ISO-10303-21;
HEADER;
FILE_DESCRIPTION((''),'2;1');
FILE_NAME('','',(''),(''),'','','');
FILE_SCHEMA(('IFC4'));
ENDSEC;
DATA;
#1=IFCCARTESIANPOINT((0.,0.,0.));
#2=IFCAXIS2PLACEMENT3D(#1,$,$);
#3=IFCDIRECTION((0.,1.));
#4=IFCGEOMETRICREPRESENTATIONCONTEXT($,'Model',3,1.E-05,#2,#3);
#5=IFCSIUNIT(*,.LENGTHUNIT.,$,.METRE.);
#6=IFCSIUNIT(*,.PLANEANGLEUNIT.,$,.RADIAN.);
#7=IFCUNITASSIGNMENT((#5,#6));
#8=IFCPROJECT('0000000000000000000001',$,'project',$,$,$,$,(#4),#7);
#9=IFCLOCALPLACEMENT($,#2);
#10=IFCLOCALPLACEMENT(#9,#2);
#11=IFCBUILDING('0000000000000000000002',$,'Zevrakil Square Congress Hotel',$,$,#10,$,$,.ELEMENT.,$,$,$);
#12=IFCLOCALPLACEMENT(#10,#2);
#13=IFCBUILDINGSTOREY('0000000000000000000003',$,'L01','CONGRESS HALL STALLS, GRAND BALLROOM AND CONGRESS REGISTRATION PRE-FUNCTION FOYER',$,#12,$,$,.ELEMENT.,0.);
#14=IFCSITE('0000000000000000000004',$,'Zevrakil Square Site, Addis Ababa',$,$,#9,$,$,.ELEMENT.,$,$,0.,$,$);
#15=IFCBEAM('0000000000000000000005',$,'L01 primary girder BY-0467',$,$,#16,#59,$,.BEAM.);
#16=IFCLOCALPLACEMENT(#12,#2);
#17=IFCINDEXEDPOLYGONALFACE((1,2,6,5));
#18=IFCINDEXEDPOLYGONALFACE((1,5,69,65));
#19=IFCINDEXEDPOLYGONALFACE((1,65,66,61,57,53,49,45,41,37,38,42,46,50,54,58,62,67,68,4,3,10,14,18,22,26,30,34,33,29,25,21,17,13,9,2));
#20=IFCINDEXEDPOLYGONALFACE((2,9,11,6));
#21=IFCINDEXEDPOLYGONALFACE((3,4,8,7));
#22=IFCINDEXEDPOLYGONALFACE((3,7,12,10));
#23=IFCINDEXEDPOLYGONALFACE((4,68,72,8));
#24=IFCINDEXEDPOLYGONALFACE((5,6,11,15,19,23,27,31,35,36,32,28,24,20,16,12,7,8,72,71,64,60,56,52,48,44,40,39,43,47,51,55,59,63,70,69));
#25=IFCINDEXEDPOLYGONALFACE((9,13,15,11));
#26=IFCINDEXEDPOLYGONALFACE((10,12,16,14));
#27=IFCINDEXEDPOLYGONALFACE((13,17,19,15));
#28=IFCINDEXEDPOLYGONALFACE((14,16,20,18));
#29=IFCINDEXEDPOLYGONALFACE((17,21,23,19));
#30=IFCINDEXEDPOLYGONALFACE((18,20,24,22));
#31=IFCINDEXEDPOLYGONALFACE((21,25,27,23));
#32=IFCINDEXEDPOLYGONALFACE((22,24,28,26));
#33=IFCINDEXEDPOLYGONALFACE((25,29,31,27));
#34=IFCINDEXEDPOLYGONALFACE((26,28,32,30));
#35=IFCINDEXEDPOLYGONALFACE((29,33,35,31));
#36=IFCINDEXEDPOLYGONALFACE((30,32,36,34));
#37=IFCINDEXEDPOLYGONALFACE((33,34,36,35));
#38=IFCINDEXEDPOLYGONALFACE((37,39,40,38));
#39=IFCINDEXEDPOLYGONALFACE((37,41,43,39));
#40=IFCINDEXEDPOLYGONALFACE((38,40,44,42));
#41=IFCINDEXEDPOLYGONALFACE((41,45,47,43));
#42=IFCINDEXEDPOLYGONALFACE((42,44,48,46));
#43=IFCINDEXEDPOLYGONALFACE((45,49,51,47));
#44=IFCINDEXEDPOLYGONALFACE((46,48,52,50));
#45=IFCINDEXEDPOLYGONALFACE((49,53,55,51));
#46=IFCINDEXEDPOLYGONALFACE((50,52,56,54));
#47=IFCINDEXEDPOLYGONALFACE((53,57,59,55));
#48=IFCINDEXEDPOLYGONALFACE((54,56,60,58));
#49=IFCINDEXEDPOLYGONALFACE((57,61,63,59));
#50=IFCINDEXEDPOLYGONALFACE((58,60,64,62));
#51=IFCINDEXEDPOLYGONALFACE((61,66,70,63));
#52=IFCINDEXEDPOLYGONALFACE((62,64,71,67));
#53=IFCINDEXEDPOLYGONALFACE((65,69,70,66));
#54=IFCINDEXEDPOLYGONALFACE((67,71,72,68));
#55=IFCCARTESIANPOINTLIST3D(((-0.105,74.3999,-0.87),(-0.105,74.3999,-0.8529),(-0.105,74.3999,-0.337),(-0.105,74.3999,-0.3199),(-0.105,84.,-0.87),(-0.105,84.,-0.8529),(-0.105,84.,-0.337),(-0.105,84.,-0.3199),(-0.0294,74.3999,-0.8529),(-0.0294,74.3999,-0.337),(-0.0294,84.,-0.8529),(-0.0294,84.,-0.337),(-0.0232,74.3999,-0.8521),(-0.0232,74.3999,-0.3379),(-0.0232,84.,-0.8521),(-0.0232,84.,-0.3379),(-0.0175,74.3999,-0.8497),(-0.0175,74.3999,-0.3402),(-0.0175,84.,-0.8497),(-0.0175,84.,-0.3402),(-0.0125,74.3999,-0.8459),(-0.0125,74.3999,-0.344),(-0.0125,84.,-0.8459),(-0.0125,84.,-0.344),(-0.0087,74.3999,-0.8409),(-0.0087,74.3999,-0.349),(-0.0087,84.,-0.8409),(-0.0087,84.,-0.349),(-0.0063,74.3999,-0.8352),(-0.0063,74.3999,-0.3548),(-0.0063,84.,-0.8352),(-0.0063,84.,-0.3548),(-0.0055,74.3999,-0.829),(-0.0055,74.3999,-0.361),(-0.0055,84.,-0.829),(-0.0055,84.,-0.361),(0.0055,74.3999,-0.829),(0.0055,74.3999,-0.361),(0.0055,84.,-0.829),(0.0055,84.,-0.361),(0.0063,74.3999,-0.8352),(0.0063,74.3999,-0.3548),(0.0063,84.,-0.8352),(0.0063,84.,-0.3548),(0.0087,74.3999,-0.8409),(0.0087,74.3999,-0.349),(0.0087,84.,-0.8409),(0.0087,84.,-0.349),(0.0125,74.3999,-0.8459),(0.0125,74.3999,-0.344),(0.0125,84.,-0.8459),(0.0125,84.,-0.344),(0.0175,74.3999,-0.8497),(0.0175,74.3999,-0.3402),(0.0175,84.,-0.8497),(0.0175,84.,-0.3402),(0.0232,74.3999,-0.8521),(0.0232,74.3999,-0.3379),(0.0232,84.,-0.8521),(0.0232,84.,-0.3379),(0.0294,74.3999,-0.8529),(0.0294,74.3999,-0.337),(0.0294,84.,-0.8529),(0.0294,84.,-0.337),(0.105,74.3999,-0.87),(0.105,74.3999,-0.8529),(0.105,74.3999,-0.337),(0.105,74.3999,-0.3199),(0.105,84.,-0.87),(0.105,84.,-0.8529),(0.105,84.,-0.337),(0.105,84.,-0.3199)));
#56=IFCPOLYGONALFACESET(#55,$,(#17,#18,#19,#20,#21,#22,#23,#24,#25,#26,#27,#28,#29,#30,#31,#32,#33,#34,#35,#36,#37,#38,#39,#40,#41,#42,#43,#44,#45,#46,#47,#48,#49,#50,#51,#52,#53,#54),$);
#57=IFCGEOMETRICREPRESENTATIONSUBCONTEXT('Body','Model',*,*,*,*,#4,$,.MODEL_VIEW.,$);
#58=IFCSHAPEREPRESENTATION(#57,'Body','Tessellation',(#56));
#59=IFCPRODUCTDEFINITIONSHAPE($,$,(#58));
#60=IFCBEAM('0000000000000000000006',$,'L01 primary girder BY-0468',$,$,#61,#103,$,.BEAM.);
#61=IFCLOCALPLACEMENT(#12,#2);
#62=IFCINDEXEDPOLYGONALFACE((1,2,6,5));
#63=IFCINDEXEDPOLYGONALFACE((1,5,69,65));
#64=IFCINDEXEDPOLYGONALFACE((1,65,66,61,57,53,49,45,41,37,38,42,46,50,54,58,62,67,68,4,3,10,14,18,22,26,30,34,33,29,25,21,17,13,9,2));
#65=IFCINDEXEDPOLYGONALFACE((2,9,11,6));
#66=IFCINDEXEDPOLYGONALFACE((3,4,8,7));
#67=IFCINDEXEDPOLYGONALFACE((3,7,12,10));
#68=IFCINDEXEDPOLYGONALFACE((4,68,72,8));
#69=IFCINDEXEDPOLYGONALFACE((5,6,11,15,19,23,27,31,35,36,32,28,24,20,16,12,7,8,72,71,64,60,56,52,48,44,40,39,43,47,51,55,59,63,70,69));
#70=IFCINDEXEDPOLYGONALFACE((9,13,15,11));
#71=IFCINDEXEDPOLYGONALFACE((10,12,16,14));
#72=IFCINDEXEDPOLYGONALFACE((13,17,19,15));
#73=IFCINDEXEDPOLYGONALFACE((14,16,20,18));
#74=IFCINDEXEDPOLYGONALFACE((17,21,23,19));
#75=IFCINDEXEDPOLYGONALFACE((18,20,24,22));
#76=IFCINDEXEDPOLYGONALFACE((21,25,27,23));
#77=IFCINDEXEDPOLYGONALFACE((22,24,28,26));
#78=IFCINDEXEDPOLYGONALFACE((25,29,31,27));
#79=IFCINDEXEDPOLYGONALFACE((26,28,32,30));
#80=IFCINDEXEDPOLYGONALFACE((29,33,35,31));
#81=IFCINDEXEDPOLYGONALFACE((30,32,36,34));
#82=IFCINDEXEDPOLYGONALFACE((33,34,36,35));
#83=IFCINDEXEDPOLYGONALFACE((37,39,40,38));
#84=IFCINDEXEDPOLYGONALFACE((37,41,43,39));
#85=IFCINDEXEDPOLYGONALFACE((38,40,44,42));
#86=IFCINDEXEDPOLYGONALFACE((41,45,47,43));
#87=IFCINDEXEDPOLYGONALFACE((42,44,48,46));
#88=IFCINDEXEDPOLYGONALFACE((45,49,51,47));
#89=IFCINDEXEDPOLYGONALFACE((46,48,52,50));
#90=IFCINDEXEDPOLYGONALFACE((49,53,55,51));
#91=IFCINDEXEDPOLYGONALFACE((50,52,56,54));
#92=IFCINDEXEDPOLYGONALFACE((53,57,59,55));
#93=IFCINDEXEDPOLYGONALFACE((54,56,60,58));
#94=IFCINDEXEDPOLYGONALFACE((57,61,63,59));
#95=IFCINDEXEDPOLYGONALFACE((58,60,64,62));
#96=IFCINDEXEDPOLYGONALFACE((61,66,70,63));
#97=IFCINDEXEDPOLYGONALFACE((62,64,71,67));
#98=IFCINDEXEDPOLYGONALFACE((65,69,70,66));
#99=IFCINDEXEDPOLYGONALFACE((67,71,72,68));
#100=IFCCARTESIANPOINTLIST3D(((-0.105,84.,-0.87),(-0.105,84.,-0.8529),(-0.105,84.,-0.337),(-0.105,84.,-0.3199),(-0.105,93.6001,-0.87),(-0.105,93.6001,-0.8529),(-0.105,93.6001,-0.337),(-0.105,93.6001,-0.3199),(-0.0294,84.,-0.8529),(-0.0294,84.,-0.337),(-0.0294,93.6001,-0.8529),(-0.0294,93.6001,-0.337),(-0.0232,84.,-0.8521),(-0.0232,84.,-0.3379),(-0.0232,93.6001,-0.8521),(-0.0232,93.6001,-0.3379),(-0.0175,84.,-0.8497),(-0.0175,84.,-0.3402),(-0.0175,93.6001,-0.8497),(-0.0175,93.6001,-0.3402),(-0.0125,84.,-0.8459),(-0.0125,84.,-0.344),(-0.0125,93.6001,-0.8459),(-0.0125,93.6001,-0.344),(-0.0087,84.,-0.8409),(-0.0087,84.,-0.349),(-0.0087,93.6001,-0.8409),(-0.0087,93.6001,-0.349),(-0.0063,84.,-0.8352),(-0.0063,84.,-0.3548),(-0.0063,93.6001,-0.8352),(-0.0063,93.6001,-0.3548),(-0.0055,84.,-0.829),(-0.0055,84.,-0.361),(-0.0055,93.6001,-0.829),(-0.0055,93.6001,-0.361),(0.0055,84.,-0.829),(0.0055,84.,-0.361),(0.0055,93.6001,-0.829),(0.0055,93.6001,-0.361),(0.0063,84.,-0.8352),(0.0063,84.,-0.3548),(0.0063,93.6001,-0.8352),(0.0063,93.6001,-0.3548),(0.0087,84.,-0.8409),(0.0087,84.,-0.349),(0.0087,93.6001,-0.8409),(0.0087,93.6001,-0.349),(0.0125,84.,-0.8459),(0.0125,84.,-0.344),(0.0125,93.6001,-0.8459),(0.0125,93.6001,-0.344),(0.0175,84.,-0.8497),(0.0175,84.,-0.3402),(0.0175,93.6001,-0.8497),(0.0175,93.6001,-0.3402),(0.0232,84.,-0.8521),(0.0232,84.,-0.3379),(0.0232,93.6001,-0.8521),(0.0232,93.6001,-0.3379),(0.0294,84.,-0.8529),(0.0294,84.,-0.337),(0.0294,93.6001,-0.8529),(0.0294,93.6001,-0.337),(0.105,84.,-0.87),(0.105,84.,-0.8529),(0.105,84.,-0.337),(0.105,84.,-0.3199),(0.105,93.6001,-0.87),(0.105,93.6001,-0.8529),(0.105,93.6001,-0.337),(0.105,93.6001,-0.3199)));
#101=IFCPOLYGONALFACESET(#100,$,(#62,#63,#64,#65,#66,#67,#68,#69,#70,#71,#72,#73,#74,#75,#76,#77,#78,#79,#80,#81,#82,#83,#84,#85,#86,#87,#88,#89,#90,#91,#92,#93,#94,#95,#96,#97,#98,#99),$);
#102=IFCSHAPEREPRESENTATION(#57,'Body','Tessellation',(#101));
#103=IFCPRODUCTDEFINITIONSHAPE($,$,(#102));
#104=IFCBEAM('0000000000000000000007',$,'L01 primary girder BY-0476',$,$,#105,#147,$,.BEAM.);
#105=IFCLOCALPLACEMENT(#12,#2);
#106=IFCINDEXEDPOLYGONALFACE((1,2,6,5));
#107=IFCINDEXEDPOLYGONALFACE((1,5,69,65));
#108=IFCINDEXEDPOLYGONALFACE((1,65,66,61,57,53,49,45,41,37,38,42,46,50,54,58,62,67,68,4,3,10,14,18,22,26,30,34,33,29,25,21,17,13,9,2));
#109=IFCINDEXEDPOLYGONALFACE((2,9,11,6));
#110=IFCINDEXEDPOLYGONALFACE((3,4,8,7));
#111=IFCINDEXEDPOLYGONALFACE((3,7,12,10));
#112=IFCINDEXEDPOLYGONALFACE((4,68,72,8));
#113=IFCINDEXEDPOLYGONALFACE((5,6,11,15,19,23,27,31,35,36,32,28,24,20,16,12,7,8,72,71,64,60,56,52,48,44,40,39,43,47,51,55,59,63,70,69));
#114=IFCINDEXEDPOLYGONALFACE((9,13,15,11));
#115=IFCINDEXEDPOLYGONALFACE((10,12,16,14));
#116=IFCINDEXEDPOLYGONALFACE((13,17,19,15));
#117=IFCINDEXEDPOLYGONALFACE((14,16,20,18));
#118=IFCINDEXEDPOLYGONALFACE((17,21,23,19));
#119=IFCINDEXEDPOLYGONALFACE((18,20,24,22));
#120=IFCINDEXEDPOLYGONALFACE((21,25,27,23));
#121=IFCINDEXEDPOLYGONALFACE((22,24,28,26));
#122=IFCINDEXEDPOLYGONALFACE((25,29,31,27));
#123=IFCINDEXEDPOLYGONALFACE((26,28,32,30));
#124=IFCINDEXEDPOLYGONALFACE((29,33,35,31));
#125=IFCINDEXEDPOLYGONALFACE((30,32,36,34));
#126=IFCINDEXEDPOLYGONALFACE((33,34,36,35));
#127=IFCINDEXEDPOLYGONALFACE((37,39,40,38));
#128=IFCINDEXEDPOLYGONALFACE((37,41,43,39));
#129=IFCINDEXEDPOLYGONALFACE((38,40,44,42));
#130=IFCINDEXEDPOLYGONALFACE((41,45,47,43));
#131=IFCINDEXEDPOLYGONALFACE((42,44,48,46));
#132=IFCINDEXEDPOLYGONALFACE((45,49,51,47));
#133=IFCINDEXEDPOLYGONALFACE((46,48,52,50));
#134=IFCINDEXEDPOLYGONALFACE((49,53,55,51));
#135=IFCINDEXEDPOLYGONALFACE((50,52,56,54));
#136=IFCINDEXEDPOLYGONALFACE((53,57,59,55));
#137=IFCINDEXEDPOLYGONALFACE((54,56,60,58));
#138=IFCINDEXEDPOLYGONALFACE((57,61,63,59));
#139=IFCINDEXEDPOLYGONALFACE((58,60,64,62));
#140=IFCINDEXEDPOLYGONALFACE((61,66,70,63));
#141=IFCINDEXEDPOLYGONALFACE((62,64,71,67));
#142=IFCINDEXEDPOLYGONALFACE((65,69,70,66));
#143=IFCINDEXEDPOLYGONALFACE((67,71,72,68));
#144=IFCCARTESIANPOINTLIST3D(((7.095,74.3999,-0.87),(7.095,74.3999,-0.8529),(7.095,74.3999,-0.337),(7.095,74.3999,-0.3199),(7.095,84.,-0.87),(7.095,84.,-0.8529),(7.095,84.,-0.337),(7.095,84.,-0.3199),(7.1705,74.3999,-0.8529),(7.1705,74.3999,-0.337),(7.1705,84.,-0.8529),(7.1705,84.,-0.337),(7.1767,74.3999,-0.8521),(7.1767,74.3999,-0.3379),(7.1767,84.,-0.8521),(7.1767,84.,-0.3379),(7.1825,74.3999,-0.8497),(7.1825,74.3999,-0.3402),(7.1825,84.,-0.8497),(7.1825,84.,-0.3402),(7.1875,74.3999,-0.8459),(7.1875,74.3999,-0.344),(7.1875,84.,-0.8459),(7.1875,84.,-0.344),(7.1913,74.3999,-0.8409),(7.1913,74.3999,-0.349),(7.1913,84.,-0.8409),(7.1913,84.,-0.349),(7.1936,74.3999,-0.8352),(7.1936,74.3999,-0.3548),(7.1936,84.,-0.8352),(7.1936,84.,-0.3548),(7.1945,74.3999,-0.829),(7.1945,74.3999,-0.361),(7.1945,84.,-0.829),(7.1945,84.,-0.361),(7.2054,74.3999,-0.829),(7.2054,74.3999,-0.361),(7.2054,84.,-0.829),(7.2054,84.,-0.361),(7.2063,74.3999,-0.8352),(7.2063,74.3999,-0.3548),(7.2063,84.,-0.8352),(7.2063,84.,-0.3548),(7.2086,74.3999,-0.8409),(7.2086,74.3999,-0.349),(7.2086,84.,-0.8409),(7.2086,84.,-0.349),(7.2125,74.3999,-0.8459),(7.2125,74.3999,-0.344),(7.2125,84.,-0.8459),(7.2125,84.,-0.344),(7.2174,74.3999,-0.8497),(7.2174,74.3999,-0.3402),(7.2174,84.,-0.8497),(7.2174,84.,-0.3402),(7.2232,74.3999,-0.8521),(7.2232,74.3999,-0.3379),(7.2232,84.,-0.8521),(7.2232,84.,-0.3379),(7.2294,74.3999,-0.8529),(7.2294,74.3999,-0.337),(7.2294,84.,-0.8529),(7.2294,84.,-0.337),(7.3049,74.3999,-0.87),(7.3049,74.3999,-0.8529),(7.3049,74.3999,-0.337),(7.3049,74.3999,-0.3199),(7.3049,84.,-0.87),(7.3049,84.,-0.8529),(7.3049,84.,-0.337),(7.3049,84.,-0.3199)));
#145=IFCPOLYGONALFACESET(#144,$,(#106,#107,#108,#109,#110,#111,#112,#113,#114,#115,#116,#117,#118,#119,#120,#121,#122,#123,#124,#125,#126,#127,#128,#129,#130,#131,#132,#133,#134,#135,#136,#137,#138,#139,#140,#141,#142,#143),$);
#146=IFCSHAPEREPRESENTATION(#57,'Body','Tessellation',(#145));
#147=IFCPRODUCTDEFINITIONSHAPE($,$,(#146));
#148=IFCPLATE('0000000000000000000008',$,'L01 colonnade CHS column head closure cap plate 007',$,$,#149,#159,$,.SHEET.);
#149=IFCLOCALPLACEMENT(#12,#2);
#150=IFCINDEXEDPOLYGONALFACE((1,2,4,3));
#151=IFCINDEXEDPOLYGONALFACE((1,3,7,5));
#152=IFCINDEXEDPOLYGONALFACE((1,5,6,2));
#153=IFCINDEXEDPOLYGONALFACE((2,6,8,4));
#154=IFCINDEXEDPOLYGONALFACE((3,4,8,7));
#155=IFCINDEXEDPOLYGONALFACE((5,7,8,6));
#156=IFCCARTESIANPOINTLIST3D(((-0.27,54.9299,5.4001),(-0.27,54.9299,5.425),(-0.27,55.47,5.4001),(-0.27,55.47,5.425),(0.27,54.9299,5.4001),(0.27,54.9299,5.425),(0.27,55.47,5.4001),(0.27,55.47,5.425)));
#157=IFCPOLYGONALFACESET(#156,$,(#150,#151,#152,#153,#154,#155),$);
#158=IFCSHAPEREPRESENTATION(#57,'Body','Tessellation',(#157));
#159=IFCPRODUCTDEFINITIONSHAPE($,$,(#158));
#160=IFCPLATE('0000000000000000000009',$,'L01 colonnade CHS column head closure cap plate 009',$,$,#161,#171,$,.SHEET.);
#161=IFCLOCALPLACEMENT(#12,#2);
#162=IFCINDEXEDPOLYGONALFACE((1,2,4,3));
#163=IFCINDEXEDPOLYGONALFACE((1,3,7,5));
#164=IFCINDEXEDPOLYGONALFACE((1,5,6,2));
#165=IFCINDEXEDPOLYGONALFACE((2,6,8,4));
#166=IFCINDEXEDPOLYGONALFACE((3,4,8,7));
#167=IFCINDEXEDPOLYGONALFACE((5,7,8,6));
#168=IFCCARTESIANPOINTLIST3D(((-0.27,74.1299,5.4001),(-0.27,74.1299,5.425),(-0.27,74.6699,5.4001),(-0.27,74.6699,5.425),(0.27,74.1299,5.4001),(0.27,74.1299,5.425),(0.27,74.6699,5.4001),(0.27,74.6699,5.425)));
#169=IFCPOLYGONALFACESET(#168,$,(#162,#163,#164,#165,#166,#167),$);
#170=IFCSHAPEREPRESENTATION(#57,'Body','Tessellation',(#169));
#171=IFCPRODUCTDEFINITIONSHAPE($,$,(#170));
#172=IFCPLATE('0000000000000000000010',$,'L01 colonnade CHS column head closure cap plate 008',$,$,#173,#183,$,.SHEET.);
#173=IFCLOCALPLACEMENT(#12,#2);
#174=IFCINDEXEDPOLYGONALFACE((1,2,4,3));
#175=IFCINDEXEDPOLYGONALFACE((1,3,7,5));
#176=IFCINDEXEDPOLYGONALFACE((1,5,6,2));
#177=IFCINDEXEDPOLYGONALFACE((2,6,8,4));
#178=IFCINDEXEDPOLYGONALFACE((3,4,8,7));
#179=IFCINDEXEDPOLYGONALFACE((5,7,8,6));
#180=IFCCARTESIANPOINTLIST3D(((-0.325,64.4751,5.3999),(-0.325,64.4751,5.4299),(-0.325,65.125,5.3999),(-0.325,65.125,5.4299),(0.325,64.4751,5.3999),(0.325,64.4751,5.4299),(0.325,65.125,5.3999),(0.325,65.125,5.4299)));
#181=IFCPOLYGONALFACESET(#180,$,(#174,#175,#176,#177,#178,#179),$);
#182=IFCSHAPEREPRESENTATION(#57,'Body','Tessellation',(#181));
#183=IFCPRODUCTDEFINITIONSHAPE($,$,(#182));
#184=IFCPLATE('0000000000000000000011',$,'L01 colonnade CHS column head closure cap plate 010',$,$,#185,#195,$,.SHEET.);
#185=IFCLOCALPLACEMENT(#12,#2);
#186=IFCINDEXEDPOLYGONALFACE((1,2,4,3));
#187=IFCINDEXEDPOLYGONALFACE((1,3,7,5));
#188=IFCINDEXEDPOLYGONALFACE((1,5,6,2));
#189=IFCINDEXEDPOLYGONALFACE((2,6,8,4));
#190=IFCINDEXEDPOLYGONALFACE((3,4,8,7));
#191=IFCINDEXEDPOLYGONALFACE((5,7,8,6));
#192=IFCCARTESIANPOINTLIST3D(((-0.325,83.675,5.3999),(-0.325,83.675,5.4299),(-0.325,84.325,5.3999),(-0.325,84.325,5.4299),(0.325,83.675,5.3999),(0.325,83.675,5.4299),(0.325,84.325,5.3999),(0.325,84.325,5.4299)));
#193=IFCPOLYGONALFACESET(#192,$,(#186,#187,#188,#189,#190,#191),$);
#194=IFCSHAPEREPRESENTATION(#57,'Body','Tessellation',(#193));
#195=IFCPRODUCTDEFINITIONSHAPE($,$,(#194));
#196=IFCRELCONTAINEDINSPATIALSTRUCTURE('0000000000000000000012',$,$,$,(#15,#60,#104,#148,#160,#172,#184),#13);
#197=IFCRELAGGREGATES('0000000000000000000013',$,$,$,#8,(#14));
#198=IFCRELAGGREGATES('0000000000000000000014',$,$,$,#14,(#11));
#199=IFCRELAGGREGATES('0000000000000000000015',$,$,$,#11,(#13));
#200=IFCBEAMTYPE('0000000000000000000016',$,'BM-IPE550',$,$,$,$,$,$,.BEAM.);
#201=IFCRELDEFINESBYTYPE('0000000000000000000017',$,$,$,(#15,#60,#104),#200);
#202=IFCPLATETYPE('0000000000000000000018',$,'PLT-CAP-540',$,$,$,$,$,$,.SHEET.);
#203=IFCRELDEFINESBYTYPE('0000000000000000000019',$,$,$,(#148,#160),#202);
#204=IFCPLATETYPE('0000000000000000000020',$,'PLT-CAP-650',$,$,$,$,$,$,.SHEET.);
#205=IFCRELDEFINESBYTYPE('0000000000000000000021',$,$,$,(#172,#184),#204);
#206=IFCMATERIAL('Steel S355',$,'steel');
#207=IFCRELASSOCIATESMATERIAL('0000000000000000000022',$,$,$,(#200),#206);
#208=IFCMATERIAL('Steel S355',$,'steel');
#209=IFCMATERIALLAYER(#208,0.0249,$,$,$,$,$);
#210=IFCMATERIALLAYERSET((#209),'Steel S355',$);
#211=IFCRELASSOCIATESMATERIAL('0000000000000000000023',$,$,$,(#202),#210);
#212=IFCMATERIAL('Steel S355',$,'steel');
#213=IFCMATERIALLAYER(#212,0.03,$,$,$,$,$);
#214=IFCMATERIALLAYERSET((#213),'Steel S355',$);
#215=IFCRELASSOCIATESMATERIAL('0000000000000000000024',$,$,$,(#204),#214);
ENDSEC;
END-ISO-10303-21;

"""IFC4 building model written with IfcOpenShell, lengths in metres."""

from ifc_helpers import new_model, si_unit, direction, frame, origin, origin_2d, place, context, subcontext, project, spatial, rectangle, i_section, extrude, material, layer, layer_set, material_profile, profile_set, type_object, element, save


model = new_model("IFC4")

# Units and contexts
model_context = context("Model", 3, precision=1e-05, world=origin(), true_north=direction((0.0, 1.0)))
body_context = subcontext(model_context, "Body", "Model", "MODEL_VIEW")
ifc_project = project(units=[si_unit("LENGTHUNIT", "METRE"), si_unit("PLANEANGLEUNIT", "RADIAN")], contexts=[model_context])

# Site, building, storey
site_placement = place(None, origin())
site = spatial("IfcSite", under=ifc_project, at=site_placement, Name="Zevrakil Square Site, Addis Ababa", CompositionType="ELEMENT", RefElevation=0.0)
building_placement = place(site_placement, origin())
building = spatial("IfcBuilding", under=site, at=building_placement, Name="Zevrakil Square Congress Hotel", CompositionType="ELEMENT")
storey_placement = place(building_placement, origin())
storey = spatial("IfcBuildingStorey", under=building, at=storey_placement, Name="L01", Description="CONGRESS HALL STALLS, GRAND BALLROOM AND CONGRESS REGISTRATION PRE-FUNCTION FOYER", CompositionType="ELEMENT", Elevation=0.0)

# Beams
ifc_material_1 = material(Name="Steel S355", Category="steel")
ifc_material_profile_1 = material_profile(ifc_material_1, i_section(OverallWidth=0.21, OverallDepth=0.55, WebThickness=0.011, FlangeThickness=0.0171, FilletRadius=0.0239, at=origin_2d()), Name="IPE 550")
ifc_profile_set_1 = profile_set([ifc_material_profile_1], Name="Steel S355")
beam_type_1 = type_object("IfcBeamType", Name="BM-IPE550", PredefinedType="BEAM", material=ifc_profile_set_1)
for number, where, z_axis, x_axis, name in (
    (1, (0.0, 74.3999, -0.595), (0.0, 1.0, 0.0), (-1.0, 0.0, 0.0), "L01 primary girder BY-0467"),
    (2, (0.0, 84.0, -0.595), (0.0, 1.0, 0.0), (-1.0, 0.0, 0.0), "L01 primary girder BY-0468"),
    (3, (7.2, 74.3999, -0.595), (0.0, 1.0, 0.0), (-1.0, 0.0, 0.0), "L01 primary girder BY-0476"),
):
    element("IfcBeam", number, at=place(storey_placement, frame(where, z_axis=z_axis, x_axis=x_axis)), inside=storey, type_object=beam_type_1, Name=name, PredefinedType="BEAM", context=body_context, shape_type="SweptSolid", body=[
        extrude(i_section(OverallWidth=0.21, OverallDepth=0.55, WebThickness=0.011, FlangeThickness=0.0171, FilletRadius=0.0239, at=origin_2d()), origin(), (0.0, 0.0, 1.0), 9.6001),
    ])

# Plates
ifc_material_2 = material(Name="Steel S355", Category="steel")
ifc_layer_1 = layer(ifc_material_2, 0.0249)
ifc_layer_set_1 = layer_set([ifc_layer_1], Name="Steel S355")
plate_type_1 = type_object("IfcPlateType", Name="PLT-CAP-540", PredefinedType="SHEET", material=ifc_layer_set_1)
for number, where, z_axis, x_axis, name in (
    (4, (0.0, 55.2, 5.4001), (0.0, 0.0, 1.0), (1.0, 0.0, 0.0), "L01 colonnade CHS column head closure cap plate 007"),
    (5, (0.0, 74.3999, 5.4001), (0.0, 0.0, 1.0), (1.0, 0.0, 0.0), "L01 colonnade CHS column head closure cap plate 009"),
):
    element("IfcPlate", number, at=place(storey_placement, frame(where, z_axis=z_axis, x_axis=x_axis)), inside=storey, type_object=plate_type_1, Name=name, PredefinedType="SHEET", context=body_context, shape_type="SweptSolid", body=[
        extrude(rectangle(XDim=0.54, YDim=0.54, at=origin_2d()), origin(), (0.0, 0.0, 1.0), 0.0249),
    ])
ifc_material_3 = material(Name="Steel S355", Category="steel")
ifc_layer_2 = layer(ifc_material_3, 0.03)
ifc_layer_set_2 = layer_set([ifc_layer_2], Name="Steel S355")
plate_type_2 = type_object("IfcPlateType", Name="PLT-CAP-650", PredefinedType="SHEET", material=ifc_layer_set_2)
for number, where, z_axis, x_axis, name in (
    (6, (0.0, 64.8, 5.3999), (0.0, 0.0, 1.0), (1.0, 0.0, 0.0), "L01 colonnade CHS column head closure cap plate 008"),
    (7, (0.0, 84.0, 5.3999), (0.0, 0.0, 1.0), (1.0, 0.0, 0.0), "L01 colonnade CHS column head closure cap plate 010"),
):
    element("IfcPlate", number, at=place(storey_placement, frame(where, z_axis=z_axis, x_axis=x_axis)), inside=storey, type_object=plate_type_2, Name=name, PredefinedType="SHEET", context=body_context, shape_type="SweptSolid", body=[
        extrude(rectangle(XDim=0.6499, YDim=0.6499, at=origin_2d()), origin(), (0.0, 0.0, 1.0), 0.03),
    ])

save(model, "model.ifc")
